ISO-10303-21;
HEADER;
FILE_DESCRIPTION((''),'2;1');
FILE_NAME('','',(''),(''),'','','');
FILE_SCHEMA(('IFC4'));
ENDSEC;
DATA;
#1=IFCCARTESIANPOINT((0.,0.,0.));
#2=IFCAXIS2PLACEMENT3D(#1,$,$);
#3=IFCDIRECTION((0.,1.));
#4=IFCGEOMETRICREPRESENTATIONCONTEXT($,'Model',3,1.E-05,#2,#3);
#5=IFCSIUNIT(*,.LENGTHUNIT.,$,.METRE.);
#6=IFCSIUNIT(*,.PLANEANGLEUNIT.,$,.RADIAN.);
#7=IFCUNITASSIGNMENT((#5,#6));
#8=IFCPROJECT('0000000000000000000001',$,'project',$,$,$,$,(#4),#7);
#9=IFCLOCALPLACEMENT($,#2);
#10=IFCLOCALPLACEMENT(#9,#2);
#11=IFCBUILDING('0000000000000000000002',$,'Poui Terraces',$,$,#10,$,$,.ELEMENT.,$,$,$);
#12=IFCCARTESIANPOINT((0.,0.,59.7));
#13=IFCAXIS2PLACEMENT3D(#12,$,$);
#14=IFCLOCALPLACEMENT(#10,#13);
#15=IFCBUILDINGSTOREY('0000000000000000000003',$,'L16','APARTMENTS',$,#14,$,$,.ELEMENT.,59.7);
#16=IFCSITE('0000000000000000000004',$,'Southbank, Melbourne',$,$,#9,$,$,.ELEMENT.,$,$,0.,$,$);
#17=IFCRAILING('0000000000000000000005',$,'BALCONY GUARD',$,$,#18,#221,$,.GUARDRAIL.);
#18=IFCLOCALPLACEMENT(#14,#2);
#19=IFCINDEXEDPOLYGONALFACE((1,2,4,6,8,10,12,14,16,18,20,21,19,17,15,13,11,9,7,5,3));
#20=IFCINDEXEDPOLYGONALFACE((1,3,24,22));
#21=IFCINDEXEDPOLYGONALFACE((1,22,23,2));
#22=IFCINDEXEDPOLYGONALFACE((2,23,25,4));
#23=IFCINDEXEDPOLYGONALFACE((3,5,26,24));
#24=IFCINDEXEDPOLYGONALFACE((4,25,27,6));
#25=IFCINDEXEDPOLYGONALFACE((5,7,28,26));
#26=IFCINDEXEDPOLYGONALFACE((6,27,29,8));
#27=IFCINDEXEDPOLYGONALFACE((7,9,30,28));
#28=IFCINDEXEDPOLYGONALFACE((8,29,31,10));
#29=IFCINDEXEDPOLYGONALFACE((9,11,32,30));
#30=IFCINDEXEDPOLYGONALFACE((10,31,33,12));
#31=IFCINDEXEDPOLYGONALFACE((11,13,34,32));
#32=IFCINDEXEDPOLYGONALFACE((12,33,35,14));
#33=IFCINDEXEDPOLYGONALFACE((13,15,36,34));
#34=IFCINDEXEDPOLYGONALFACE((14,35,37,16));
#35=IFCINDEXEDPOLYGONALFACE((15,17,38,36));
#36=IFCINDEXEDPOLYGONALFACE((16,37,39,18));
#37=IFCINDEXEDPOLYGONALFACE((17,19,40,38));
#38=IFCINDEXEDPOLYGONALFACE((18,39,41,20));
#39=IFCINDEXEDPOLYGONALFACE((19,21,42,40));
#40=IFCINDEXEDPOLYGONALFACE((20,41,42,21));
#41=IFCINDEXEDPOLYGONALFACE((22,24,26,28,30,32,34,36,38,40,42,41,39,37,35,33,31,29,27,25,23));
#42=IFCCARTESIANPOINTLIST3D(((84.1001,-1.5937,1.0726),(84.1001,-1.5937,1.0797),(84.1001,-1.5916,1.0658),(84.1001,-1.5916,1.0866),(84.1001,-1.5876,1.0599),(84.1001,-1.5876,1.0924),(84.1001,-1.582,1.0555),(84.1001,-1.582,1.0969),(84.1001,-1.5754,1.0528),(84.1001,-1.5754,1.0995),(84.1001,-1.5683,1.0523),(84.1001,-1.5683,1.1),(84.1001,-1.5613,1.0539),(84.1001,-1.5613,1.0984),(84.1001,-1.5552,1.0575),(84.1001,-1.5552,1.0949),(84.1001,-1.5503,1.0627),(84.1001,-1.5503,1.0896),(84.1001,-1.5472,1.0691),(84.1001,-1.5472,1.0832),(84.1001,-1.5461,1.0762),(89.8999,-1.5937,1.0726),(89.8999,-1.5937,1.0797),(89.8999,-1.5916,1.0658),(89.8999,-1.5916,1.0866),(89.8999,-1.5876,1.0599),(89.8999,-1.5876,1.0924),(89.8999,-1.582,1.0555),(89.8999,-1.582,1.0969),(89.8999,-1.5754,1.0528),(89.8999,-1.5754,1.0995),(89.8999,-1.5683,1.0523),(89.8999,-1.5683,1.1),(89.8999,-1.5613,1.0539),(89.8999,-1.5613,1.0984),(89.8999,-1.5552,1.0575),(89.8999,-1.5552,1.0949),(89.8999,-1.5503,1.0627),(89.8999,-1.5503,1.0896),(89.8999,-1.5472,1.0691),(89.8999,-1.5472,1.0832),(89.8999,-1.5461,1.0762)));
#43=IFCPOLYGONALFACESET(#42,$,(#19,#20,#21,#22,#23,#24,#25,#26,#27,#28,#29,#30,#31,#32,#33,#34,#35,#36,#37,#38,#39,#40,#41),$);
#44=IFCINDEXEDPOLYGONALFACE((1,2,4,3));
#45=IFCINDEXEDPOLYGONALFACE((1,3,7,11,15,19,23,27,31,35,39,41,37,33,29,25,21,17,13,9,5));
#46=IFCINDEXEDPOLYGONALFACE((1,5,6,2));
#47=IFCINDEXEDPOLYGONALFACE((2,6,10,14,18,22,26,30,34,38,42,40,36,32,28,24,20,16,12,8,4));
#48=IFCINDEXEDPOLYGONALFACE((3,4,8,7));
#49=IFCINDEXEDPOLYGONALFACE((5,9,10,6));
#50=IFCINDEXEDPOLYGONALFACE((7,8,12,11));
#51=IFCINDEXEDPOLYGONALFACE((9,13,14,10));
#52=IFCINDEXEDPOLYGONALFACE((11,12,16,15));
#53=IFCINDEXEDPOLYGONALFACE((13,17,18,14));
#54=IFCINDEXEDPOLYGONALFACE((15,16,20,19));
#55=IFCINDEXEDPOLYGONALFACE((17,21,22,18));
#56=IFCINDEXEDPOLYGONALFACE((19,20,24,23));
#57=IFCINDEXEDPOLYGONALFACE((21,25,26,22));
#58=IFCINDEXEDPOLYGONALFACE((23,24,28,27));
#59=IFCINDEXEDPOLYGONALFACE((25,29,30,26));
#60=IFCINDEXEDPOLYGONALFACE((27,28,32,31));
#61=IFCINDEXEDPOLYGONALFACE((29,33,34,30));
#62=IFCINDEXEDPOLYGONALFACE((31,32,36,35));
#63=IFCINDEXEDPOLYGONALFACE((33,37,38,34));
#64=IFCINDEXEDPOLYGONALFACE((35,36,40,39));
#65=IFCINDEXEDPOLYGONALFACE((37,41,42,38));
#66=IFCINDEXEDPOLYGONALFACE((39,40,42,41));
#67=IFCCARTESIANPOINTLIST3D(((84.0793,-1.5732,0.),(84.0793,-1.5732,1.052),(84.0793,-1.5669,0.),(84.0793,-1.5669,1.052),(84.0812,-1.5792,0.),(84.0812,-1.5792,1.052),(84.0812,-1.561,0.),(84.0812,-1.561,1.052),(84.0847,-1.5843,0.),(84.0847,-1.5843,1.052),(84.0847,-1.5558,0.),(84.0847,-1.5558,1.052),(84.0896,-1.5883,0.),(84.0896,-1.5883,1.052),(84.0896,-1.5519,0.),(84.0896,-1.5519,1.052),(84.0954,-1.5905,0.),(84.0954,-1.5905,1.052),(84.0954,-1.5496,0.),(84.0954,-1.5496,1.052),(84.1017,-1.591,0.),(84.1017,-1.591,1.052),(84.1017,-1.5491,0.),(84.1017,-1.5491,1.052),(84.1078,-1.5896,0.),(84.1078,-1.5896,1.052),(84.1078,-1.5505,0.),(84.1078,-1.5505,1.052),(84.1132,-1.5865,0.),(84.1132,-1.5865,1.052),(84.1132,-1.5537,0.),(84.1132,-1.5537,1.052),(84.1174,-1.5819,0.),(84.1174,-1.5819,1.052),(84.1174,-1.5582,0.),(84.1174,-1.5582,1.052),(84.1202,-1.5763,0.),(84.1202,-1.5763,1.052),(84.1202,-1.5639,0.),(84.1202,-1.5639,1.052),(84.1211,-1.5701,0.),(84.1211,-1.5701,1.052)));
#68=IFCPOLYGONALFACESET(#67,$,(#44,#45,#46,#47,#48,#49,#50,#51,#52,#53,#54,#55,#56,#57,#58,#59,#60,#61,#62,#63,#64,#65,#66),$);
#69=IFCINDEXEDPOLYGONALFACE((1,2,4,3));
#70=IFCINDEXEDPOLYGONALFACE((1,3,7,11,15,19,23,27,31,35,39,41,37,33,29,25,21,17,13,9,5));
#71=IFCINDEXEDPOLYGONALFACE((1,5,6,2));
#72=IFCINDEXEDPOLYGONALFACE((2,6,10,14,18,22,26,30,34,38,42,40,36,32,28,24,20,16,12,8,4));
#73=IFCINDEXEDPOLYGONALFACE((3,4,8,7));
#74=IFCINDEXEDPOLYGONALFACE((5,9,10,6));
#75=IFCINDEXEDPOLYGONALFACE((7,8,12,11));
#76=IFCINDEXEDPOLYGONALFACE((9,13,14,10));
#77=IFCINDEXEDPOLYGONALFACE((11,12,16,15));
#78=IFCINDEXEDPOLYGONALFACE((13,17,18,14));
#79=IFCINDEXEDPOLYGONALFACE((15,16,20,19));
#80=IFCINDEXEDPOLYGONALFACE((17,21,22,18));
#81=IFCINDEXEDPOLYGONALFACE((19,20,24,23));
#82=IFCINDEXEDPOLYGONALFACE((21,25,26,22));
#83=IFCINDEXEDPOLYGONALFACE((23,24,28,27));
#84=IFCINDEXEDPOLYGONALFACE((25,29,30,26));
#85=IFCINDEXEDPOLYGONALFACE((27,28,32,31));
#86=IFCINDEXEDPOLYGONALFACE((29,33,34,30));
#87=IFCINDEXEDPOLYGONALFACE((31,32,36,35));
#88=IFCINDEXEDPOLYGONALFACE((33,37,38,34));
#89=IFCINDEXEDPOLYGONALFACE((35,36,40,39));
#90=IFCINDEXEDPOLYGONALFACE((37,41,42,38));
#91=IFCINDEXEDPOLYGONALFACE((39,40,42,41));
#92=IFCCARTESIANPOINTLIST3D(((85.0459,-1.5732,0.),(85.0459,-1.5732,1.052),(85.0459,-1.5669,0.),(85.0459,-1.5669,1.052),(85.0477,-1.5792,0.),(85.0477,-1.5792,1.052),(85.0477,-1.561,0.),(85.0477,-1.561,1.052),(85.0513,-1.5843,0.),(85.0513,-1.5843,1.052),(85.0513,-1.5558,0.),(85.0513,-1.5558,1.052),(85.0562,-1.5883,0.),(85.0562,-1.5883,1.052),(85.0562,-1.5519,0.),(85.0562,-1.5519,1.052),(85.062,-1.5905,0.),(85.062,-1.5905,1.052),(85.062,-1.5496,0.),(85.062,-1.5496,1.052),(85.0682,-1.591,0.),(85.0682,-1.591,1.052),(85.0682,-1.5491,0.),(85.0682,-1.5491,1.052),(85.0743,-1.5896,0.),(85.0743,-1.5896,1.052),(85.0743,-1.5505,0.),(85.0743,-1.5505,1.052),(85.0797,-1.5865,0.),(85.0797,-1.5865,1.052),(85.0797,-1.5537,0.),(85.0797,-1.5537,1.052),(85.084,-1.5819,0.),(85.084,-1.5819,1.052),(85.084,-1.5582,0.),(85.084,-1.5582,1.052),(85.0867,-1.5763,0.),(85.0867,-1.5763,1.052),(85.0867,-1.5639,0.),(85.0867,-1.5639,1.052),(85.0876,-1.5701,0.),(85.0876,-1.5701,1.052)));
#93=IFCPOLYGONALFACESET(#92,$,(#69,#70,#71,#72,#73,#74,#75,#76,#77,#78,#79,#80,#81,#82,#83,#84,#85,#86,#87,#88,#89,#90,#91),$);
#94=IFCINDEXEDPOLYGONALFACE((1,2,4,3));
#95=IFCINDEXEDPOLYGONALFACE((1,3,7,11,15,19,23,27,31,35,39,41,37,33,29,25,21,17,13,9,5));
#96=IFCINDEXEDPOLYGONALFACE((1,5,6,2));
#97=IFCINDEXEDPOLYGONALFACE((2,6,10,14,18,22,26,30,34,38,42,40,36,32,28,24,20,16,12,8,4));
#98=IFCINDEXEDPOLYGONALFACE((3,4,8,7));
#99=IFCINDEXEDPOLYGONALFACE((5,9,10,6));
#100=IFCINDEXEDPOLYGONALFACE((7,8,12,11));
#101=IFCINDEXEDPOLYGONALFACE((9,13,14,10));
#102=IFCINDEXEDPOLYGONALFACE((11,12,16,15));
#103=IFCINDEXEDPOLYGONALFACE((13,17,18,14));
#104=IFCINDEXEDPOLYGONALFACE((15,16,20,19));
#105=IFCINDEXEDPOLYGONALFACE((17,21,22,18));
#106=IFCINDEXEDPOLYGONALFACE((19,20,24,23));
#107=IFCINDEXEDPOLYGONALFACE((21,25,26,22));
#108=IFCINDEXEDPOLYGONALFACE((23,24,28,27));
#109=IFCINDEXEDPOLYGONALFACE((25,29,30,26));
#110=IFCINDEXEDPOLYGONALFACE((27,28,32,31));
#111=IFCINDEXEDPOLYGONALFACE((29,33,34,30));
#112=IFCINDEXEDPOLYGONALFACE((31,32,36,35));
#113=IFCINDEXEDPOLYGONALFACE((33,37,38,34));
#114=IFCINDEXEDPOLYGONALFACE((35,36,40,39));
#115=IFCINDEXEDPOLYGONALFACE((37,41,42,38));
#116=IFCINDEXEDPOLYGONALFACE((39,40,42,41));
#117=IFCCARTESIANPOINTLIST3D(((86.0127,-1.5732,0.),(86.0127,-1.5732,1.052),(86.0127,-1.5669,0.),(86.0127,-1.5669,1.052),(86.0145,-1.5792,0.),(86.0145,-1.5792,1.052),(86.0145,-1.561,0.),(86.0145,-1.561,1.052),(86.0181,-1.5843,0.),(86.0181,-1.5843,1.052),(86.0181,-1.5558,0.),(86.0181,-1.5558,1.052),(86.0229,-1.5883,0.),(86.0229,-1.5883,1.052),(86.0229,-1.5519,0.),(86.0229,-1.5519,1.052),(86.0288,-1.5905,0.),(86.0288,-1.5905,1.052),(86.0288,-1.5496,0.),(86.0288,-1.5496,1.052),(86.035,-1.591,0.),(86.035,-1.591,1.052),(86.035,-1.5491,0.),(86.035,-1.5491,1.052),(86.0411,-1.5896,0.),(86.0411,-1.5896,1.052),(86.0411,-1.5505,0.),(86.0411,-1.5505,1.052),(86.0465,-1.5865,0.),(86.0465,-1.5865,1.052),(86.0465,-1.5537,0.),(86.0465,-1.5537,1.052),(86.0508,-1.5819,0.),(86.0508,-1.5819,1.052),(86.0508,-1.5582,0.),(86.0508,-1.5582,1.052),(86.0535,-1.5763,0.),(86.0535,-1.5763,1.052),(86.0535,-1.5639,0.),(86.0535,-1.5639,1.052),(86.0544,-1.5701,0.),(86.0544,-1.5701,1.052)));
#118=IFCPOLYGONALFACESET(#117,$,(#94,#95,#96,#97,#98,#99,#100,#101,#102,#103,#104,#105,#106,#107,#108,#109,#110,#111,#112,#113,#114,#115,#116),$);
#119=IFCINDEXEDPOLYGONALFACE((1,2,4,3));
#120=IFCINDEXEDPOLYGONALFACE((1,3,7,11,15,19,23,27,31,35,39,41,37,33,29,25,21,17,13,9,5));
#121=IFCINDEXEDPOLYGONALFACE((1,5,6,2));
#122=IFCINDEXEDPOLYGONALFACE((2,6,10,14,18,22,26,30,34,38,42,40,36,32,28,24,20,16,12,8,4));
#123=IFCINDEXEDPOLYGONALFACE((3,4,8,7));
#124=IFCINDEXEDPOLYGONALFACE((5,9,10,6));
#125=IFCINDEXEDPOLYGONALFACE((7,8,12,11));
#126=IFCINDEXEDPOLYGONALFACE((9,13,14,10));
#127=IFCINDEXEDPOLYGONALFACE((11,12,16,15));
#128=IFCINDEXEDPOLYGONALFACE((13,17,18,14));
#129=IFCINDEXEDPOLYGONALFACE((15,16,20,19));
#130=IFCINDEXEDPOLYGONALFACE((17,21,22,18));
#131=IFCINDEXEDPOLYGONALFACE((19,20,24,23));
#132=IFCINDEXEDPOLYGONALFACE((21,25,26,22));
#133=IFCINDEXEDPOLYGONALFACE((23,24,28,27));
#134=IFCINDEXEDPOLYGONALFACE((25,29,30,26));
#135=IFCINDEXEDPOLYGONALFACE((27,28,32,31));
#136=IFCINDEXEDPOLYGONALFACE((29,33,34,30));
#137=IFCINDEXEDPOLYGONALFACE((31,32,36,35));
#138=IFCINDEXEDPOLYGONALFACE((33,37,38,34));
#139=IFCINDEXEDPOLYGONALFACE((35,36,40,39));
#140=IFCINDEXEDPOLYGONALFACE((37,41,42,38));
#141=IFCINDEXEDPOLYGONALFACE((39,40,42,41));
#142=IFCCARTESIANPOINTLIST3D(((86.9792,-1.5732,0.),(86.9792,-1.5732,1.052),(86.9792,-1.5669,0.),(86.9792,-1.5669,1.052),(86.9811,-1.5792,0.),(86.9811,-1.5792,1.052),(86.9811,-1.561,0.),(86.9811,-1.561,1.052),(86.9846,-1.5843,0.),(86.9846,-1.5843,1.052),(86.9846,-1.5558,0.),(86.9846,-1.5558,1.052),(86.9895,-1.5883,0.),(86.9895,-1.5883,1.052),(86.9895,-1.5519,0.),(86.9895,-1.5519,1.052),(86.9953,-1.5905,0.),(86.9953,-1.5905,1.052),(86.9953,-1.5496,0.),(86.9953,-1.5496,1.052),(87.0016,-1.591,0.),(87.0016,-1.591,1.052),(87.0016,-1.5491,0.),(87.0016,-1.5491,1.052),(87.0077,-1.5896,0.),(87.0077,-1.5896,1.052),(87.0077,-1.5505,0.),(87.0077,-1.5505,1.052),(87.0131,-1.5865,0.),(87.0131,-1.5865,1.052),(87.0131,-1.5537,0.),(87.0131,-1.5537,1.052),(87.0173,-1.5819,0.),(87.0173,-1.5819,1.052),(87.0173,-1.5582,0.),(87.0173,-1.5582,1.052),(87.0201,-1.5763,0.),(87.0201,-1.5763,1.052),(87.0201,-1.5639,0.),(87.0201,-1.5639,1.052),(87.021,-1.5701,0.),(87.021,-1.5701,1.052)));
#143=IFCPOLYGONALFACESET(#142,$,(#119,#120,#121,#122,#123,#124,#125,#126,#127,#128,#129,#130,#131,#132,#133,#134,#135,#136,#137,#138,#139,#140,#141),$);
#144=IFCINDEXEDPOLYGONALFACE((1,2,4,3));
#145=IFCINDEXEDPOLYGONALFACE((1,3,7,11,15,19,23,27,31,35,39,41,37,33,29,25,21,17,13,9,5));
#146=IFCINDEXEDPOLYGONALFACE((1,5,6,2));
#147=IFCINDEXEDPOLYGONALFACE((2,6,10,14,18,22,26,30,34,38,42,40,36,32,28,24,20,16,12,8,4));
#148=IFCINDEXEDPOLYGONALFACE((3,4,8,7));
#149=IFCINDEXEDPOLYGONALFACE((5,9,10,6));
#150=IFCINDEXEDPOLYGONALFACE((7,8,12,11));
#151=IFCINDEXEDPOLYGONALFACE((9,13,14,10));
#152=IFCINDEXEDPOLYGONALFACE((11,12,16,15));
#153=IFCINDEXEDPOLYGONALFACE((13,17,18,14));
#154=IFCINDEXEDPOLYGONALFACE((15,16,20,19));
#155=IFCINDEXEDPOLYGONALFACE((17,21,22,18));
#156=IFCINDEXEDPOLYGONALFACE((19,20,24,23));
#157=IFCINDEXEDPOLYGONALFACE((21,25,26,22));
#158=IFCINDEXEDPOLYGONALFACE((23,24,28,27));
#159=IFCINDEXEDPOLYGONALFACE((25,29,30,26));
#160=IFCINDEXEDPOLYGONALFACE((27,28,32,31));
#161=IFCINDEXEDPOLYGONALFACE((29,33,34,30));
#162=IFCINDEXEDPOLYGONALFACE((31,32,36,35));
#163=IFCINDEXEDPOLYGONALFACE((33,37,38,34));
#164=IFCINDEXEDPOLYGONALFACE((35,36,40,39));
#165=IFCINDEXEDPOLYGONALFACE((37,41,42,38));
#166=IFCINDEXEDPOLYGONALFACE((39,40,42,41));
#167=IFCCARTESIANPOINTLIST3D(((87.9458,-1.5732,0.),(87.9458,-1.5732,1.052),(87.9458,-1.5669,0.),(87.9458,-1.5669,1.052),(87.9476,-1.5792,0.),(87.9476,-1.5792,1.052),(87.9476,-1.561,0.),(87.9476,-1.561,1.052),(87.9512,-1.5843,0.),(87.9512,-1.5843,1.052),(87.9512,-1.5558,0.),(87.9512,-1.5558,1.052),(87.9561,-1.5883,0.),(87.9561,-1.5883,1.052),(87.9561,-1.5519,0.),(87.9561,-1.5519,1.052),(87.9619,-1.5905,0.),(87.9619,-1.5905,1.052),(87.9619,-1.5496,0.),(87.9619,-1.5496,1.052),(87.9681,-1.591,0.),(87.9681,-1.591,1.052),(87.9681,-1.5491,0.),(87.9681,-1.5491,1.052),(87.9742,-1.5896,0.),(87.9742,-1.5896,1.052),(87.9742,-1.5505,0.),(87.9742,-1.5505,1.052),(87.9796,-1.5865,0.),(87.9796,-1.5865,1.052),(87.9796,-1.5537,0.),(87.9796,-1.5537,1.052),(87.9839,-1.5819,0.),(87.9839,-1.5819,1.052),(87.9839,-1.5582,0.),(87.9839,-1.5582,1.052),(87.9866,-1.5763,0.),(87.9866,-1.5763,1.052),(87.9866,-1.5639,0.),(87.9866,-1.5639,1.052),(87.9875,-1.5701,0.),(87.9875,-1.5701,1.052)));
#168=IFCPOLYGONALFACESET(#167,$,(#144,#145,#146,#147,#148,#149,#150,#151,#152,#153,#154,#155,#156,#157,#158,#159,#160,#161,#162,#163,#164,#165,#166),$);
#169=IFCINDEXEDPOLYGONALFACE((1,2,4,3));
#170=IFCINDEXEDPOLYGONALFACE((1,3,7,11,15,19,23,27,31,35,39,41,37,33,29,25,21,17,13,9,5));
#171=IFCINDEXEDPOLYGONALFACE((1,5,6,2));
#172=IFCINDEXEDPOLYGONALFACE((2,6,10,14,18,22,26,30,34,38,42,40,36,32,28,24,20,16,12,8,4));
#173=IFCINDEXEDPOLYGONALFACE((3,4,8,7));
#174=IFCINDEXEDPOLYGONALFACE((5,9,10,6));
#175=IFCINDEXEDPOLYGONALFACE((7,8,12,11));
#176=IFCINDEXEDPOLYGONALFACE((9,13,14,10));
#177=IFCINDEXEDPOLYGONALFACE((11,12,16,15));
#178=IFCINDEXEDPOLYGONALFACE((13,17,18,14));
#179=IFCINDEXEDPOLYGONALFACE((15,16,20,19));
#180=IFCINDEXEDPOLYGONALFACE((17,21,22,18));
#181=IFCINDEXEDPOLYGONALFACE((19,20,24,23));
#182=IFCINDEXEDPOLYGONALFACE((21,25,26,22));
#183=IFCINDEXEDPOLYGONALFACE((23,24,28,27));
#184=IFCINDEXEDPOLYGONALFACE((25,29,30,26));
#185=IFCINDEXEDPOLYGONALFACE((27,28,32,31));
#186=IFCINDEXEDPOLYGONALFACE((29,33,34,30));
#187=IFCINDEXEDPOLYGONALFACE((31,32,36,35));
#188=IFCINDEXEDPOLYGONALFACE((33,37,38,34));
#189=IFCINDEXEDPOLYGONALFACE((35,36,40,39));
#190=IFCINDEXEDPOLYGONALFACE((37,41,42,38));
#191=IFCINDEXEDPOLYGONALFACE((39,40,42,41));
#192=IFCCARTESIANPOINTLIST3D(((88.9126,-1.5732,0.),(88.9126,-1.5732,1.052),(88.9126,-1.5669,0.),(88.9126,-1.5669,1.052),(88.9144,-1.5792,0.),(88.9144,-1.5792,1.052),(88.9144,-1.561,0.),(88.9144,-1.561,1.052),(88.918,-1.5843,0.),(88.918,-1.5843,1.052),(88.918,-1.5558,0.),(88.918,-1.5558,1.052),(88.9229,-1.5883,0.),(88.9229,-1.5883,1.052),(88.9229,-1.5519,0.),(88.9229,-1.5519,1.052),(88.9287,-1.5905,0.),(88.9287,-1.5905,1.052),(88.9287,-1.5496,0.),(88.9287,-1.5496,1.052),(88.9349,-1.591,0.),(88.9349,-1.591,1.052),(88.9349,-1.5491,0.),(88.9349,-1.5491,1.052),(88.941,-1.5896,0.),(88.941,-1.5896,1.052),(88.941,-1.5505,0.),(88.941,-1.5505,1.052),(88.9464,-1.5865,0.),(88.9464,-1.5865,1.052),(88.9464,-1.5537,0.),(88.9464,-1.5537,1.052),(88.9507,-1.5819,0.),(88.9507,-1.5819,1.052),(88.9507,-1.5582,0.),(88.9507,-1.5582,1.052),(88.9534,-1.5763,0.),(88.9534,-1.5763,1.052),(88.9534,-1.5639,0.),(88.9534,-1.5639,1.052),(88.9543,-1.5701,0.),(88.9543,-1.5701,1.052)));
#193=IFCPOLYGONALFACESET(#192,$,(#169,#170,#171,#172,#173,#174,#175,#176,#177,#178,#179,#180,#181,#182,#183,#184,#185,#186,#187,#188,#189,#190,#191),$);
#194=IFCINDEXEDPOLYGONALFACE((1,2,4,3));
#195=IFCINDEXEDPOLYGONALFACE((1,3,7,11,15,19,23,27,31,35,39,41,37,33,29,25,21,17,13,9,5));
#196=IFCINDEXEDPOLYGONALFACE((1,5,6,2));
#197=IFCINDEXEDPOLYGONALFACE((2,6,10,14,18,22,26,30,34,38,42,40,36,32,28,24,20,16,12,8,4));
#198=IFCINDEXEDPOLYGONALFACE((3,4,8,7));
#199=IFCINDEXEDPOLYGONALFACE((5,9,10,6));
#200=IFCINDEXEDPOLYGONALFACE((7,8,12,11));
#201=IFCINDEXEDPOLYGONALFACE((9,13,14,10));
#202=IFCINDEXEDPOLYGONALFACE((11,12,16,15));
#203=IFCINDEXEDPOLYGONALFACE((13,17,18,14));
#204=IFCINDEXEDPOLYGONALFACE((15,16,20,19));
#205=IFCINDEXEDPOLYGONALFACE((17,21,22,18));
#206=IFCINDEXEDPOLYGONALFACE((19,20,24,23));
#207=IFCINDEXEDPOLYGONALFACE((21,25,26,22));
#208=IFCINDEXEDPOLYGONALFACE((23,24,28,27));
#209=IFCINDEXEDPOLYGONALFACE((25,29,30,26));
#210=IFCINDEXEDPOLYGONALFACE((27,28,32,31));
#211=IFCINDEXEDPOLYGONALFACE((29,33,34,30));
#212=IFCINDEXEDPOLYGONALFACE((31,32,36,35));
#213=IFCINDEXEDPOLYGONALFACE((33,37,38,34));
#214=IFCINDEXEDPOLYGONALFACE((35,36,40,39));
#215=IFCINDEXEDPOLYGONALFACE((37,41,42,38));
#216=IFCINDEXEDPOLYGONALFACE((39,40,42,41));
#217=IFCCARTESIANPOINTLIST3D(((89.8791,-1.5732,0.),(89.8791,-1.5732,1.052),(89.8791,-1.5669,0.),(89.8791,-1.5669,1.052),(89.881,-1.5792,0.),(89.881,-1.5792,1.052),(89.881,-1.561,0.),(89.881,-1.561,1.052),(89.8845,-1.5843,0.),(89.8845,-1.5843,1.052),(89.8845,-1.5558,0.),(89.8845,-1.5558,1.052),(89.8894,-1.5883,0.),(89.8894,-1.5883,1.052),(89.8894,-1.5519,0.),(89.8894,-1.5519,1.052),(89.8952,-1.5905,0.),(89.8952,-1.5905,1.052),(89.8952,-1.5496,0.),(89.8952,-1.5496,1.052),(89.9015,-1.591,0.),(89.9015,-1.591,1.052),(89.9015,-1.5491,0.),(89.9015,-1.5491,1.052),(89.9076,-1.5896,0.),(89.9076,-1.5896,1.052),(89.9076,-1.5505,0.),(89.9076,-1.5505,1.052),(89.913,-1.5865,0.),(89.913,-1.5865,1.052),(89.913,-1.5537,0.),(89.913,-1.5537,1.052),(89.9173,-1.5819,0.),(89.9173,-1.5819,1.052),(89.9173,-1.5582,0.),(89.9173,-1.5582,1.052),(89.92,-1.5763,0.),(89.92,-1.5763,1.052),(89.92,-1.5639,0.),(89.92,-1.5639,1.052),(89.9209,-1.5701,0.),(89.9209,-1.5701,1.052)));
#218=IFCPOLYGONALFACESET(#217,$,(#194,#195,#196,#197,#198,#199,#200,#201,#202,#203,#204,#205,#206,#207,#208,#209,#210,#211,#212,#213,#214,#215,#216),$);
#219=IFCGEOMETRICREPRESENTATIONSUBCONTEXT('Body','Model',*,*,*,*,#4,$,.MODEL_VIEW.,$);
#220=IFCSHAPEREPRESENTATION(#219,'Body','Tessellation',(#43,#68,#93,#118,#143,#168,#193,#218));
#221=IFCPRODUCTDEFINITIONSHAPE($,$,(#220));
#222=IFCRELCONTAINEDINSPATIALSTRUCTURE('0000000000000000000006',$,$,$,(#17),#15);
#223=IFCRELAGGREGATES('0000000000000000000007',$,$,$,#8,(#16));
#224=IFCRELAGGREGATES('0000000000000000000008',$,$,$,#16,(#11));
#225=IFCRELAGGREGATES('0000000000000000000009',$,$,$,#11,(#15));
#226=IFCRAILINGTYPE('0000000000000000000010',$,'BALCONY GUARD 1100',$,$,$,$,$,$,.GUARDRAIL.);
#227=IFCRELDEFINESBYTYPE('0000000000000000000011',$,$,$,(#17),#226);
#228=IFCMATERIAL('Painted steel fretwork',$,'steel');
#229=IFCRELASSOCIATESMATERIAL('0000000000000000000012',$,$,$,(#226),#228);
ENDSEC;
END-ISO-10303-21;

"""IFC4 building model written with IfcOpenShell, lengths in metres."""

from ifc_helpers import new_model, si_unit, direction, frame, origin, origin_2d, place, context, subcontext, project, spatial, circle, extrude, material, type_object, element, save


model = new_model("IFC4")

# Units and contexts
model_context = context("Model", 3, precision=1e-05, world=origin(), true_north=direction((0.0, 1.0)))
body_context = subcontext(model_context, "Body", "Model", "MODEL_VIEW")
ifc_project = project(units=[si_unit("LENGTHUNIT", "METRE"), si_unit("PLANEANGLEUNIT", "RADIAN")], contexts=[model_context])

# Site, building, storey
site_placement = place(None, origin())
site = spatial("IfcSite", under=ifc_project, at=site_placement, Name="Southbank, Melbourne", CompositionType="ELEMENT", RefElevation=0.0)
building_placement = place(site_placement, origin())
building = spatial("IfcBuilding", under=site, at=building_placement, Name="Poui Terraces", CompositionType="ELEMENT")
storey_placement = place(building_placement, frame((0.0, 0.0, 59.7)))
storey = spatial("IfcBuildingStorey", under=building, at=storey_placement, Name="L16", Description="APARTMENTS", CompositionType="ELEMENT", Elevation=59.7)

# Railing
ifc_material_1 = material(Name="Painted steel fretwork", Category="steel")
railing_type = type_object("IfcRailingType", Name="BALCONY GUARD 1100", PredefinedType="GUARDRAIL", material=ifc_material_1)
railing_placement = place(storey_placement, frame((84.1001, -1.5701, 0.0)))
element("IfcRailing", 1, at=railing_placement, inside=storey, type_object=railing_type, Name="BALCONY GUARD", PredefinedType="GUARDRAIL", context=body_context, shape_type="SweptSolid", body=[
    extrude(circle(Radius=0.0239, at=origin_2d()), frame((0.0, 0.0, 1.0762), z_axis=(1.0, 0.0, 0.0), x_axis=(0.0, 1.0, 0.0)), (0.0, 0.0, 1.0), 5.7998),
    extrude(circle(Radius=0.021, at=origin_2d()), origin(), (0.0, 0.0, 1.0), 1.052),
    extrude(circle(Radius=0.021, at=origin_2d()), frame((0.9666, 0.0, 0.0)), (0.0, 0.0, 1.0), 1.052),
    extrude(circle(Radius=0.021, at=origin_2d()), frame((1.9333, 0.0, 0.0)), (0.0, 0.0, 1.0), 1.052),
    extrude(circle(Radius=0.021, at=origin_2d()), frame((2.8999, 0.0, 0.0)), (0.0, 0.0, 1.0), 1.052),
    extrude(circle(Radius=0.021, at=origin_2d()), frame((3.8665, 0.0, 0.0)), (0.0, 0.0, 1.0), 1.052),
    extrude(circle(Radius=0.021, at=origin_2d()), frame((4.8333, 0.0, 0.0)), (0.0, 0.0, 1.0), 1.052),
    extrude(circle(Radius=0.021, at=origin_2d()), frame((5.7998, 0.0, 0.0)), (0.0, 0.0, 1.0), 1.052),
])

save(model, "model.ifc")
